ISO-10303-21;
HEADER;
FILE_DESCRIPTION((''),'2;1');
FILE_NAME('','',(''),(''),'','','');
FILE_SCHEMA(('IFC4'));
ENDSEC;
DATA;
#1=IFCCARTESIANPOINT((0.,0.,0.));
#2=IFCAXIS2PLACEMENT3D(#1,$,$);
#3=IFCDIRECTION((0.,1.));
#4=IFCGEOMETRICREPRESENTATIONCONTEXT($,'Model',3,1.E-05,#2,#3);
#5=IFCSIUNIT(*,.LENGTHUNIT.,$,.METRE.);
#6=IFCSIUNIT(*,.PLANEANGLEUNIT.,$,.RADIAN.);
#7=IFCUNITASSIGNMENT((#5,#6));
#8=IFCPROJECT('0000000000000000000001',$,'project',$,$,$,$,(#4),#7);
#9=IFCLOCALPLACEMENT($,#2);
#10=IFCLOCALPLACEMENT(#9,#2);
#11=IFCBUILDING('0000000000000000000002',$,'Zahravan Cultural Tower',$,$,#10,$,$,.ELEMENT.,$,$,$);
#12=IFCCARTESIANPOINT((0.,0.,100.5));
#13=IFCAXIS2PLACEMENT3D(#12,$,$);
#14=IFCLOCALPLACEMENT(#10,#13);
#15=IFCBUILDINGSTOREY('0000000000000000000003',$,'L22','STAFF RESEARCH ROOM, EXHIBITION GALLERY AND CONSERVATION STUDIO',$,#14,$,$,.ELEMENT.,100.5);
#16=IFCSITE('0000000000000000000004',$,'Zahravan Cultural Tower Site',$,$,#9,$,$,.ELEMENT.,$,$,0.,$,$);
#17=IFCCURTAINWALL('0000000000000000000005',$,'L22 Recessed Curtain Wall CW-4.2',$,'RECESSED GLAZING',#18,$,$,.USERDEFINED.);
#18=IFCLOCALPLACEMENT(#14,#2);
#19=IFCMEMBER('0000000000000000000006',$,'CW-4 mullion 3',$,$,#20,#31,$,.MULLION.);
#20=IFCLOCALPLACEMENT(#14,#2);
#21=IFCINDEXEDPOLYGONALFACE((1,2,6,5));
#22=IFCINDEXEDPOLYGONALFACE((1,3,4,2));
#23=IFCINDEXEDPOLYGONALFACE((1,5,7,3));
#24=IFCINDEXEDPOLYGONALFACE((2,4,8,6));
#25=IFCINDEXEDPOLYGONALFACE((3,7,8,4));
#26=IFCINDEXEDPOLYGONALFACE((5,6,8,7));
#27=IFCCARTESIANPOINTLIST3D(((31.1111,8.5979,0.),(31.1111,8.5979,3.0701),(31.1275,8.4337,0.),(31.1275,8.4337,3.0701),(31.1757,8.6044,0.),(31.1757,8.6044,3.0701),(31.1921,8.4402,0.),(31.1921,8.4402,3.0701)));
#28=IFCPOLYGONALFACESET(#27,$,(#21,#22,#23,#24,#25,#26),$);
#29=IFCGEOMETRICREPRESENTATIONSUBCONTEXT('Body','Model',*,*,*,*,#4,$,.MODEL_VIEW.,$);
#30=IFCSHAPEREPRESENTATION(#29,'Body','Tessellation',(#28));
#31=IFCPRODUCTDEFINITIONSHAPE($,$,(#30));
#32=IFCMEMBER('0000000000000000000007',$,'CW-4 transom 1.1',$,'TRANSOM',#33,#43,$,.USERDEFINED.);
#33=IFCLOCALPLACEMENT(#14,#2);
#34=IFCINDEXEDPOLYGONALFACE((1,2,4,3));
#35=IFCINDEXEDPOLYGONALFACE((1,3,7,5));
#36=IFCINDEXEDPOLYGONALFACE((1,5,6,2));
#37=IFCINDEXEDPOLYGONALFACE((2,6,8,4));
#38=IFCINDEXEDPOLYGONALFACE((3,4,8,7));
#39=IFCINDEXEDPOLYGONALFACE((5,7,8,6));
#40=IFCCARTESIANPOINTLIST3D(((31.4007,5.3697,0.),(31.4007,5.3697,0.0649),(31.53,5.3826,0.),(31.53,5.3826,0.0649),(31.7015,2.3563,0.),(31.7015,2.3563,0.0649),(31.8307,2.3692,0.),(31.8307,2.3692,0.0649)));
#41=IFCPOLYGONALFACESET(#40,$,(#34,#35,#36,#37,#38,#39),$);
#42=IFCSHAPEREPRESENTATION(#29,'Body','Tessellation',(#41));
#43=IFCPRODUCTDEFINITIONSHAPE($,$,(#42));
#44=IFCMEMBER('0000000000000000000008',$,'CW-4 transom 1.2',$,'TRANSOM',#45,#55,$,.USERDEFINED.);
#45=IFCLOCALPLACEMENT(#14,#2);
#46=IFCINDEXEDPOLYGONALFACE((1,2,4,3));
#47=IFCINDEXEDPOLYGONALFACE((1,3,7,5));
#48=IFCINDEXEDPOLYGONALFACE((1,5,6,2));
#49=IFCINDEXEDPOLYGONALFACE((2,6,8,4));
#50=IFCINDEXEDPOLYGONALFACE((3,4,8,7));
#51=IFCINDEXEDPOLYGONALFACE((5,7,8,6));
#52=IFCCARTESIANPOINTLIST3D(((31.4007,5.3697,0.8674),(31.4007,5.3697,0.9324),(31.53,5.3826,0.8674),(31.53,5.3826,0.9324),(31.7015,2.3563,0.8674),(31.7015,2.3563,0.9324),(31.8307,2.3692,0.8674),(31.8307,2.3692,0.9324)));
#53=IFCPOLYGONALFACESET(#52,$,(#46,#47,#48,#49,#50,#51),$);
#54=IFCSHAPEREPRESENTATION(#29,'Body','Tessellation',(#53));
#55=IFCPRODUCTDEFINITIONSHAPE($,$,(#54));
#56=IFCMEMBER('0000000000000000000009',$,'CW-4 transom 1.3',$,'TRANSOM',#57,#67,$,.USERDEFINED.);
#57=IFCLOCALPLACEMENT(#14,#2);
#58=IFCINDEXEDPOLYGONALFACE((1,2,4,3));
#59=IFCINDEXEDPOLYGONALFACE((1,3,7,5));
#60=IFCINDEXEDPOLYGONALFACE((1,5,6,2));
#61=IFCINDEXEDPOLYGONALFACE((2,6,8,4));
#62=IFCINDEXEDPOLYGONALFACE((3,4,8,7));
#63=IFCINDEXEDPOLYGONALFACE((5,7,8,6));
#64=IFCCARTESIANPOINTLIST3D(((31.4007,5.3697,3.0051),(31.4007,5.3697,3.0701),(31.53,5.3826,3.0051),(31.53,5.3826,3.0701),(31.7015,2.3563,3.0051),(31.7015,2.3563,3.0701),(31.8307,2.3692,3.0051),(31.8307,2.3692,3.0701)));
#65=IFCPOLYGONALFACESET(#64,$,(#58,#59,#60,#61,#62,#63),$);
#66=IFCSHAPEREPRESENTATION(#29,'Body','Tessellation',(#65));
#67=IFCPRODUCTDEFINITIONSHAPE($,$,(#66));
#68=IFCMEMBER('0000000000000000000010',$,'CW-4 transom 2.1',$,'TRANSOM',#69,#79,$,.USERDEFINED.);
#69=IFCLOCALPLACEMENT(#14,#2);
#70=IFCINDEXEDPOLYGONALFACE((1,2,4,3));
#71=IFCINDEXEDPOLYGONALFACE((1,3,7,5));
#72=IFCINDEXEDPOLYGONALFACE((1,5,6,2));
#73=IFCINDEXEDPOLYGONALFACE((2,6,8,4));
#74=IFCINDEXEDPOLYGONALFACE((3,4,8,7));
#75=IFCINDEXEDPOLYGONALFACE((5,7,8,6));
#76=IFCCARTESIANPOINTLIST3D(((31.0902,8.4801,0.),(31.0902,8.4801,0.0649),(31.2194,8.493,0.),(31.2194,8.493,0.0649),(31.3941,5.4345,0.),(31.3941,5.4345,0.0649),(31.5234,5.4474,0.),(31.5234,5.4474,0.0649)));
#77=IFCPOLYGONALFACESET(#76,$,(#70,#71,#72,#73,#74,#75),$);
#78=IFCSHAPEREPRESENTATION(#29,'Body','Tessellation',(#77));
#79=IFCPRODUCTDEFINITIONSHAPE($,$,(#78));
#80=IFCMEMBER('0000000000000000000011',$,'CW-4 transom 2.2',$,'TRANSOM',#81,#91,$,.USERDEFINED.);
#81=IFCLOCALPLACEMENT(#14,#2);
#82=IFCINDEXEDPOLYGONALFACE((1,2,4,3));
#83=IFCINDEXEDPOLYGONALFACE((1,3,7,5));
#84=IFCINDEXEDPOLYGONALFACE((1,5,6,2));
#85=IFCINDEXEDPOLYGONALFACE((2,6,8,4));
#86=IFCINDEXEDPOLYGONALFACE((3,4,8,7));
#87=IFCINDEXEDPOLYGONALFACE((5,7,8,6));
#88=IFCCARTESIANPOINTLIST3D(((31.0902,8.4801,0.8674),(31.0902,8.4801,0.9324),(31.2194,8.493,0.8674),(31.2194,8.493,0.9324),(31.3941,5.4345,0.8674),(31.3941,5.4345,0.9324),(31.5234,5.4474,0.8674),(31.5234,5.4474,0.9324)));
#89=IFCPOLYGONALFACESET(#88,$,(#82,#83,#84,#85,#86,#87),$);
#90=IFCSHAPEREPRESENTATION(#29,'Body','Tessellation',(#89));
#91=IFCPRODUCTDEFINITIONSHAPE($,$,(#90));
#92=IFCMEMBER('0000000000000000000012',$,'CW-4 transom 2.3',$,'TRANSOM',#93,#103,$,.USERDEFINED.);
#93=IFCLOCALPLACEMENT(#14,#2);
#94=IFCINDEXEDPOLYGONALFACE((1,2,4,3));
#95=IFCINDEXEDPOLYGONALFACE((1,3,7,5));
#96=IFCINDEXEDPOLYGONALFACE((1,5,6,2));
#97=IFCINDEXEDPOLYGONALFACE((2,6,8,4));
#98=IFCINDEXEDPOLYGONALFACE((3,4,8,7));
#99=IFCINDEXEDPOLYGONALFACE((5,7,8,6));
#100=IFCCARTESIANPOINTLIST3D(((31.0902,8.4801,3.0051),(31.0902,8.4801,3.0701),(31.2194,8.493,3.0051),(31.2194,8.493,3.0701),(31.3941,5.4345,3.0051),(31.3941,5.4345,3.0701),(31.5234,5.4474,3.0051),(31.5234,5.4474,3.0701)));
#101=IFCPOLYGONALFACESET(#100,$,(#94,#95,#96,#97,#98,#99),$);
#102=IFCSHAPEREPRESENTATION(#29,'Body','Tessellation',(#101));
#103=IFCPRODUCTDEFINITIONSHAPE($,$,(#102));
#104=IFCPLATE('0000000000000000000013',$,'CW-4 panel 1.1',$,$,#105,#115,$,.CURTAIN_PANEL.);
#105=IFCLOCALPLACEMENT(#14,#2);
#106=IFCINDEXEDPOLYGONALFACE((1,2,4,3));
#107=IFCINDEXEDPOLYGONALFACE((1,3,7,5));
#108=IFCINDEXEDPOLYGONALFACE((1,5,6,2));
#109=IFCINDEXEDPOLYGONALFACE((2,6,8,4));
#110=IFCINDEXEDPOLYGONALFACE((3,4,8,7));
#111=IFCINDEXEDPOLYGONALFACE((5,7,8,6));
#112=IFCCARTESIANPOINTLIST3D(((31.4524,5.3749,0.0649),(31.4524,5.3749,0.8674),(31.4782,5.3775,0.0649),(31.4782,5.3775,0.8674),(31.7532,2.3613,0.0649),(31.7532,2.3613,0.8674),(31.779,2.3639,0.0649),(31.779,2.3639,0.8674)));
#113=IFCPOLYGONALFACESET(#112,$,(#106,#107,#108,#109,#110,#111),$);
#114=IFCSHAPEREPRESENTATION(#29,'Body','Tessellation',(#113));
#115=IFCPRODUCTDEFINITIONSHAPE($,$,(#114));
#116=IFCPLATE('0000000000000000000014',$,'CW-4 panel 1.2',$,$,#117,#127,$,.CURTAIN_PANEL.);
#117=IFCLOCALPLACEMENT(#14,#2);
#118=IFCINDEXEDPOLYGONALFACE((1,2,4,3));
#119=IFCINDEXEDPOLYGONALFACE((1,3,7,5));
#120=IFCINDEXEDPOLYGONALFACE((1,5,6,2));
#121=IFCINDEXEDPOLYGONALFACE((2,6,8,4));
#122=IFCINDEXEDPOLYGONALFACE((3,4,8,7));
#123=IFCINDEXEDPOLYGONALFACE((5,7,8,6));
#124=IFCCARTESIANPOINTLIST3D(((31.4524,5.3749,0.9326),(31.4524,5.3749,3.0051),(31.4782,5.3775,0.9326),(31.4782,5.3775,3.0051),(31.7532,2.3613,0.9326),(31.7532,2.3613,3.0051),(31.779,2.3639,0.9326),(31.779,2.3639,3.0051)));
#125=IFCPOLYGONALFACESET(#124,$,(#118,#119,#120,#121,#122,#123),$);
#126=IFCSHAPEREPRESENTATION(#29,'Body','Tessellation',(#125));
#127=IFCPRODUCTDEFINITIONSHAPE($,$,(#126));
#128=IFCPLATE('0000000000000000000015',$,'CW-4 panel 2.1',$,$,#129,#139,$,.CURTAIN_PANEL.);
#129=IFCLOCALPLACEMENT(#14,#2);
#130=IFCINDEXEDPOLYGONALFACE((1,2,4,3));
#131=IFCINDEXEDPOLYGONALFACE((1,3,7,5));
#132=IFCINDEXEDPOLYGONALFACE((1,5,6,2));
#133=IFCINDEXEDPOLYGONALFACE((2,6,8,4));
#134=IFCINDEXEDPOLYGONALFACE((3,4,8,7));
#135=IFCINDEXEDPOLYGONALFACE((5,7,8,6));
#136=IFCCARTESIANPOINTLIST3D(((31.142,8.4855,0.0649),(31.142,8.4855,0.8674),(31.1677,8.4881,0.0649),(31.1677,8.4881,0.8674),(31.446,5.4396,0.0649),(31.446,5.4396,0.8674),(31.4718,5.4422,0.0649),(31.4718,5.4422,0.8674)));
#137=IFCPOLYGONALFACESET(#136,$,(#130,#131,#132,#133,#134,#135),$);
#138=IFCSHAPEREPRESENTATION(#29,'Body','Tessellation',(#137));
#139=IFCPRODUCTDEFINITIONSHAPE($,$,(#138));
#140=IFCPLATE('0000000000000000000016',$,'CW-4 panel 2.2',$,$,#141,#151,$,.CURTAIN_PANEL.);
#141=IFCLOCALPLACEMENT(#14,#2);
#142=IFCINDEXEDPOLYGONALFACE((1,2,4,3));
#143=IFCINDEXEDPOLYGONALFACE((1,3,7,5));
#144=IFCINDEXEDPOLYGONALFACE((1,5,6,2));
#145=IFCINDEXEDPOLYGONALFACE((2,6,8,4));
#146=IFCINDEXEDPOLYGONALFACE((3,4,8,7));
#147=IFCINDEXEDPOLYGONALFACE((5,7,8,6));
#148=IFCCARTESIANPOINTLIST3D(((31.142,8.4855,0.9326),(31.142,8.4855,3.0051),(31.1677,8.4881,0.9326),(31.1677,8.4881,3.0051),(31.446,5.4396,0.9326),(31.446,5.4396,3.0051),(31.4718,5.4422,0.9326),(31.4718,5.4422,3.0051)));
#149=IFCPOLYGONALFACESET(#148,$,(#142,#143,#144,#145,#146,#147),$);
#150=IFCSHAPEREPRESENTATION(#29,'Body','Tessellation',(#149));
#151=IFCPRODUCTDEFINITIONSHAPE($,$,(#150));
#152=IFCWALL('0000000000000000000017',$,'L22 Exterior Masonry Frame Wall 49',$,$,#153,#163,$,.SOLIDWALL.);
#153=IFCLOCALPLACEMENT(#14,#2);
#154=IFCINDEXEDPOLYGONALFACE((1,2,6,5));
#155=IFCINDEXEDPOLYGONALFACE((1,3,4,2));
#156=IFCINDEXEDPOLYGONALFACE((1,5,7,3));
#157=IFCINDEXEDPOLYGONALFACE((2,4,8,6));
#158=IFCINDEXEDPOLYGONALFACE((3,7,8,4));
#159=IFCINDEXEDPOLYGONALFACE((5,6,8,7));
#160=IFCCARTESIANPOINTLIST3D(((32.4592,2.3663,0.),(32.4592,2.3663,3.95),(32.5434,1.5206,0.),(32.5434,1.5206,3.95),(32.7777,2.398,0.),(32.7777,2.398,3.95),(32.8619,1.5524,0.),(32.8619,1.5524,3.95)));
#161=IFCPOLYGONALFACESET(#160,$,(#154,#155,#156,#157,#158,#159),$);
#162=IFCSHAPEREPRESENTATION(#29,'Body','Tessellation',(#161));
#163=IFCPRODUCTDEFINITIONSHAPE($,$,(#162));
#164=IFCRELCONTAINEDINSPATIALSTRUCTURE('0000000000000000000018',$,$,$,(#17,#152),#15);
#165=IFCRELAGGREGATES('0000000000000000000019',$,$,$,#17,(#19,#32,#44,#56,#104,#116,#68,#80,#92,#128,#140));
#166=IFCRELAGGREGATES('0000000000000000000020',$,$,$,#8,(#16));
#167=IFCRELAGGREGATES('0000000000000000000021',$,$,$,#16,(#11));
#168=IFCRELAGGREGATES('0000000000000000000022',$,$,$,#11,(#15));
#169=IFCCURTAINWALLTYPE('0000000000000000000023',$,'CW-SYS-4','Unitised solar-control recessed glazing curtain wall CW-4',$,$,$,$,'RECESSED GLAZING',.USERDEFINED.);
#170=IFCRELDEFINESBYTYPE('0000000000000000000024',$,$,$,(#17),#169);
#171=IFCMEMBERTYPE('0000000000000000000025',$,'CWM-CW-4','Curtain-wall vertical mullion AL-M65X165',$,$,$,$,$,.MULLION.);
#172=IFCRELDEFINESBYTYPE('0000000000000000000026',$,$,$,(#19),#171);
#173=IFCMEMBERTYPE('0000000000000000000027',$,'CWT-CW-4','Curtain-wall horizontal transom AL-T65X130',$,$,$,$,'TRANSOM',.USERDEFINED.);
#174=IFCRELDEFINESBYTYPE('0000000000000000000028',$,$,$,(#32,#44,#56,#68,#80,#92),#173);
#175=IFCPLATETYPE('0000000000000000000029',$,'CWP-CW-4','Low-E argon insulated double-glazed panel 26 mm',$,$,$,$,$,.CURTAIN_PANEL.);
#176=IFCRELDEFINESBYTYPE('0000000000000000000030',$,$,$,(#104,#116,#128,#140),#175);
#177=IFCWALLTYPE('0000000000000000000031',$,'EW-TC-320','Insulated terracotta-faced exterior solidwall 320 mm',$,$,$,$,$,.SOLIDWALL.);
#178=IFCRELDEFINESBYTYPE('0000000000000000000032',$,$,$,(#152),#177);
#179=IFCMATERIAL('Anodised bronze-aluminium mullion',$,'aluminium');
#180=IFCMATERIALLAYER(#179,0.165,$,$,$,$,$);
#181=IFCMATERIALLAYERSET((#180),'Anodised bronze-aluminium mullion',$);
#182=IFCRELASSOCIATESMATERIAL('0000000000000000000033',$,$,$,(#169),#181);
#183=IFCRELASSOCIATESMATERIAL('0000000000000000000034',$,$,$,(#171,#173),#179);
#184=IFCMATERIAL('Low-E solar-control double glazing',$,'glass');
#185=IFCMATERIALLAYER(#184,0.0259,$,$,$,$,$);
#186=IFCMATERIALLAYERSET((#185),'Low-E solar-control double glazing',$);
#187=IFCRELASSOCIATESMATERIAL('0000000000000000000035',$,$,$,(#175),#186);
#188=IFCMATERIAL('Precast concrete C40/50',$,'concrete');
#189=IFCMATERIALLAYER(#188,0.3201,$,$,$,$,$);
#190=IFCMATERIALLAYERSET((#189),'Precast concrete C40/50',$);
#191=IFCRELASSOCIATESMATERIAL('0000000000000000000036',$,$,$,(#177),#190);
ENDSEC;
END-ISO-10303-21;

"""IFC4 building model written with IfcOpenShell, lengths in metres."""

from ifc_helpers import new_model, si_unit, direction, frame, frame_2d, origin, origin_2d, place, context, subcontext, project, spatial, rectangle, extrude, source, transform, mapped, material, layer, layer_set, material_profile, profile_set, type_object, element, aggregate, save


model = new_model("IFC4")

# Units and contexts
model_context = context("Model", 3, precision=1e-05, world=origin(), true_north=direction((0.0, 1.0)))
body_context = subcontext(model_context, "Body", "Model", "MODEL_VIEW")
ifc_project = project(units=[si_unit("LENGTHUNIT", "METRE"), si_unit("PLANEANGLEUNIT", "RADIAN")], contexts=[model_context])

# Site, building, storey
site_placement = place(None, origin())
site = spatial("IfcSite", under=ifc_project, at=site_placement, Name="Zahravan Cultural Tower Site", CompositionType="ELEMENT", RefElevation=0.0)
building_placement = place(site_placement, origin())
building = spatial("IfcBuilding", under=site, at=building_placement, Name="Zahravan Cultural Tower", CompositionType="ELEMENT")
storey_placement = place(building_placement, frame((0.0, 0.0, 100.5)))
storey = spatial("IfcBuildingStorey", under=building, at=storey_placement, Name="L22", Description="STAFF RESEARCH ROOM, EXHIBITION GALLERY AND CONSERVATION STUDIO", CompositionType="ELEMENT", Elevation=100.5)

# Curtain wall, members, plates
ifc_material_1 = material(Name="Anodised bronze-aluminium mullion", Category="aluminium")
ifc_layer_1 = layer(ifc_material_1, 0.165)
ifc_layer_set_1 = layer_set([ifc_layer_1], Name="Anodised bronze-aluminium mullion")
curtain_wall_type = type_object("IfcCurtainWallType", Name="CW-SYS-4", Description="Unitised solar-control recessed glazing curtain wall CW-4", ElementType="RECESSED GLAZING", PredefinedType="USERDEFINED", material=ifc_layer_set_1)
curtain_wall_placement = place(storey_placement, origin())
curtain_wall = element("IfcCurtainWall", 1, at=curtain_wall_placement, inside=storey, type_object=curtain_wall_type, Name="L22 Recessed Curtain Wall CW-4.2", ObjectType="RECESSED GLAZING", PredefinedType="USERDEFINED")
ifc_material_profile_1 = material_profile(ifc_material_1, rectangle(XDim=0.0649, YDim=0.165, at=origin_2d()), Name="AL-M65X165")
ifc_profile_set_1 = profile_set([ifc_material_profile_1], Name="Anodised bronze-aluminium mullion")
member_type_1 = type_object("IfcMemberType", Name="CWM-CW-4", Description="Curtain-wall vertical mullion AL-M65X165", PredefinedType="MULLION", material=ifc_profile_set_1)
shared_shape_1 = source(origin(), body_context, "Body", "SweptSolid", [
    extrude(rectangle(XDim=0.0649, YDim=0.165, at=origin_2d()), origin(), (0.0, 0.0, 1.0), 3.0701),
])
member_1_placement = place(storey_placement, frame((31.1516, 8.519, 0.0), z_axis=(0.0, 0.0, 1.0), x_axis=(-0.995055, -0.099322, 0.0)))
member_1 = element("IfcMember", 2, at=member_1_placement, type_object=member_type_1, Name="CW-4 mullion 3", PredefinedType="MULLION", context=body_context, shape_type="MappedRepresentation", body=[
    mapped(shared_shape_1, transform((0.0, 0.0, 0.0), x_axis=(1.0, 0.0, 0.0), y_axis=(0.0, 1.0, 0.0), z_axis=(0.0, 0.0, 1.0), scale=1.0)),
])
ifc_material_profile_2 = material_profile(ifc_material_1, rectangle(XDim=0.1299, YDim=0.0649, at=origin_2d()), Name="AL-T65X130")
ifc_profile_set_2 = profile_set([ifc_material_profile_2], Name="Anodised bronze-aluminium mullion")
member_type_2 = type_object("IfcMemberType", Name="CWT-CW-4", Description="Curtain-wall horizontal transom AL-T65X130", ElementType="TRANSOM", PredefinedType="USERDEFINED", material=ifc_profile_set_2)
shared_shape_2 = source(origin(), body_context, "Body", "SweptSolid", [
    extrude(rectangle(XDim=0.1299, YDim=0.0649, at=origin_2d()), origin(), (0.0, 0.0, 1.0), 3.0283),
])
member_2_placement = place(storey_placement, frame((31.7661, 2.3628, 0.0325), z_axis=(-0.09932, 0.995056, 0.0), x_axis=(-0.995056, -0.09932, 0.0)))
member_2 = element("IfcMember", 3, at=member_2_placement, type_object=member_type_2, Name="CW-4 transom 1.1", ObjectType="TRANSOM", PredefinedType="USERDEFINED", context=body_context, shape_type="MappedRepresentation", body=[
    mapped(shared_shape_2, transform((0.0, 0.0, 0.0), x_axis=(1.0, 0.0, 0.0), y_axis=(0.0, 1.0, 0.0), z_axis=(0.0, 0.0, 1.0), scale=1.0)),
])
member_3_placement = place(storey_placement, frame((31.7661, 2.3628, 0.8999), z_axis=(-0.09932, 0.995056, 0.0), x_axis=(-0.995056, -0.09932, 0.0)))
member_3 = element("IfcMember", 4, at=member_3_placement, type_object=member_type_2, Name="CW-4 transom 1.2", ObjectType="TRANSOM", PredefinedType="USERDEFINED", context=body_context, shape_type="MappedRepresentation", body=[
    mapped(shared_shape_2, transform((0.0, 0.0, 0.0), x_axis=(1.0, 0.0, 0.0), y_axis=(0.0, 1.0, 0.0), z_axis=(0.0, 0.0, 1.0), scale=1.0)),
])
member_4_placement = place(storey_placement, frame((31.7661, 2.3628, 3.0376), z_axis=(-0.09932, 0.995056, 0.0), x_axis=(-0.995056, -0.09932, 0.0)))
member_4 = element("IfcMember", 5, at=member_4_placement, type_object=member_type_2, Name="CW-4 transom 1.3", ObjectType="TRANSOM", PredefinedType="USERDEFINED", context=body_context, shape_type="MappedRepresentation", body=[
    mapped(shared_shape_2, transform((0.0, 0.0, 0.0), x_axis=(1.0, 0.0, 0.0), y_axis=(0.0, 1.0, 0.0), z_axis=(0.0, 0.0, 1.0), scale=1.0)),
])
shared_shape_3 = source(origin(), body_context, "Body", "SweptSolid", [
    extrude(rectangle(XDim=0.1299, YDim=0.0649, at=origin_2d()), origin(), (0.0, 0.0, 1.0), 3.0608),
])
member_5_placement = place(storey_placement, frame((31.4587, 5.4409, 0.0325), z_axis=(-0.099306, 0.995057, 0.0), x_axis=(-0.995057, -0.099306, 0.0)))
member_5 = element("IfcMember", 6, at=member_5_placement, type_object=member_type_2, Name="CW-4 transom 2.1", ObjectType="TRANSOM", PredefinedType="USERDEFINED", context=body_context, shape_type="MappedRepresentation", body=[
    mapped(shared_shape_3, transform((0.0, 0.0, 0.0), x_axis=(1.0, 0.0, 0.0), y_axis=(0.0, 1.0, 0.0), z_axis=(0.0, 0.0, 1.0), scale=1.0)),
])
member_6_placement = place(storey_placement, frame((31.4587, 5.4409, 0.8999), z_axis=(-0.099306, 0.995057, 0.0), x_axis=(-0.995057, -0.099306, 0.0)))
member_6 = element("IfcMember", 7, at=member_6_placement, type_object=member_type_2, Name="CW-4 transom 2.2", ObjectType="TRANSOM", PredefinedType="USERDEFINED", context=body_context, shape_type="MappedRepresentation", body=[
    mapped(shared_shape_3, transform((0.0, 0.0, 0.0), x_axis=(1.0, 0.0, 0.0), y_axis=(0.0, 1.0, 0.0), z_axis=(0.0, 0.0, 1.0), scale=1.0)),
])
member_7_placement = place(storey_placement, frame((31.4587, 5.4409, 3.0376), z_axis=(-0.099306, 0.995057, 0.0), x_axis=(-0.995057, -0.099306, 0.0)))
member_7 = element("IfcMember", 8, at=member_7_placement, type_object=member_type_2, Name="CW-4 transom 2.3", ObjectType="TRANSOM", PredefinedType="USERDEFINED", context=body_context, shape_type="MappedRepresentation", body=[
    mapped(shared_shape_3, transform((0.0, 0.0, 0.0), x_axis=(1.0, 0.0, 0.0), y_axis=(0.0, 1.0, 0.0), z_axis=(0.0, 0.0, 1.0), scale=1.0)),
])
ifc_material_2 = material(Name="Low-E solar-control double glazing", Category="glass")
ifc_layer_2 = layer(ifc_material_2, 0.0259)
ifc_layer_set_2 = layer_set([ifc_layer_2], Name="Low-E solar-control double glazing")
plate_type = type_object("IfcPlateType", Name="CWP-CW-4", Description="Low-E argon insulated double-glazed panel 26 mm", PredefinedType="CURTAIN_PANEL", material=ifc_layer_set_2)
shared_shape_4 = source(origin(), body_context, "Body", "SweptSolid", [
    extrude(rectangle(XDim=3.0286, YDim=0.0259, at=origin_2d()), origin(), (0.0, 0.0, 1.0), 0.8025),
])
plate_1_placement = place(storey_placement, frame((31.6157, 3.8694, 0.0649), z_axis=(0.0, 0.0, 1.0), x_axis=(-0.099322, 0.995055, 0.0)))
plate_1 = element("IfcPlate", 9, at=plate_1_placement, type_object=plate_type, Name="CW-4 panel 1.1", PredefinedType="CURTAIN_PANEL", context=body_context, shape_type="MappedRepresentation", body=[
    mapped(shared_shape_4, transform((0.0, 0.0, 0.0), x_axis=(1.0, 0.0, 0.0), y_axis=(0.0, 1.0, 0.0), z_axis=(0.0, 0.0, 1.0), scale=1.0)),
])
shared_shape_5 = source(origin(), body_context, "Body", "SweptSolid", [
    extrude(rectangle(XDim=3.0286, YDim=0.0259, at=origin_2d()), origin(), (0.0, 0.0, 1.0), 2.0725),
])
plate_2_placement = place(storey_placement, frame((31.6157, 3.8694, 0.9326), z_axis=(0.0, 0.0, 1.0), x_axis=(-0.099322, 0.995055, 0.0)))
plate_2 = element("IfcPlate", 10, at=plate_2_placement, type_object=plate_type, Name="CW-4 panel 1.2", PredefinedType="CURTAIN_PANEL", context=body_context, shape_type="MappedRepresentation", body=[
    mapped(shared_shape_5, transform((0.0, 0.0, 0.0), x_axis=(1.0, 0.0, 0.0), y_axis=(0.0, 1.0, 0.0), z_axis=(0.0, 0.0, 1.0), scale=1.0)),
])
shared_shape_6 = source(origin(), body_context, "Body", "SweptSolid", [
    extrude(rectangle(XDim=3.061, YDim=0.0259, at=origin_2d()), origin(), (0.0, 0.0, 1.0), 0.8025),
])
plate_3_placement = place(storey_placement, frame((31.3069, 6.9639, 0.0649), z_axis=(0.0, 0.0, 1.0), x_axis=(-0.099322, 0.995055, 0.0)))
plate_3 = element("IfcPlate", 11, at=plate_3_placement, type_object=plate_type, Name="CW-4 panel 2.1", PredefinedType="CURTAIN_PANEL", context=body_context, shape_type="MappedRepresentation", body=[
    mapped(shared_shape_6, transform((0.0, 0.0, 0.0), x_axis=(1.0, 0.0, 0.0), y_axis=(0.0, 1.0, 0.0), z_axis=(0.0, 0.0, 1.0), scale=1.0)),
])
shared_shape_7 = source(origin(), body_context, "Body", "SweptSolid", [
    extrude(rectangle(XDim=3.061, YDim=0.0259, at=origin_2d()), origin(), (0.0, 0.0, 1.0), 2.0725),
])
plate_4_placement = place(storey_placement, frame((31.3069, 6.9639, 0.9326), z_axis=(0.0, 0.0, 1.0), x_axis=(-0.099322, 0.995055, 0.0)))
plate_4 = element("IfcPlate", 12, at=plate_4_placement, type_object=plate_type, Name="CW-4 panel 2.2", PredefinedType="CURTAIN_PANEL", context=body_context, shape_type="MappedRepresentation", body=[
    mapped(shared_shape_7, transform((0.0, 0.0, 0.0), x_axis=(1.0, 0.0, 0.0), y_axis=(0.0, 1.0, 0.0), z_axis=(0.0, 0.0, 1.0), scale=1.0)),
])
aggregate(curtain_wall, [member_1, member_2, member_3, member_4, plate_1, plate_2, member_5, member_6, member_7, plate_3, plate_4])

# Wall
ifc_material_3 = material(Name="Precast concrete C40/50", Category="concrete")
ifc_layer_3 = layer(ifc_material_3, 0.3201)
ifc_layer_set_3 = layer_set([ifc_layer_3], Name="Precast concrete C40/50")
wall_type_1 = type_object("IfcWallType", Name="EW-TC-320", Description="Insulated terracotta-faced exterior solidwall 320 mm", PredefinedType="SOLIDWALL", material=ifc_layer_set_3)
shared_shape_8 = source(origin(), body_context, "Body", "SweptSolid", [
    extrude(rectangle(XDim=0.8499, YDim=0.3201, at=frame_2d((0.4248, 0.0))), origin(), (0.0, 0.0, 1.0), 3.95),
])
wall_1_placement = place(storey_placement, frame((32.7026, 1.5366, 0.0), z_axis=(0.0, 0.0, 1.0), x_axis=(-0.099106, 0.995077, 0.0)))
element("IfcWall", 13, at=wall_1_placement, inside=storey, type_object=wall_type_1, Name="L22 Exterior Masonry Frame Wall 49", PredefinedType="SOLIDWALL", context=body_context, shape_type="MappedRepresentation", body=[
    mapped(shared_shape_8, transform((0.0, 0.0, 0.0), x_axis=(1.0, 0.0, 0.0), y_axis=(0.0, 1.0, 0.0), z_axis=(0.0, 0.0, 1.0), scale=1.0)),
])

save(model, "model.ifc")
